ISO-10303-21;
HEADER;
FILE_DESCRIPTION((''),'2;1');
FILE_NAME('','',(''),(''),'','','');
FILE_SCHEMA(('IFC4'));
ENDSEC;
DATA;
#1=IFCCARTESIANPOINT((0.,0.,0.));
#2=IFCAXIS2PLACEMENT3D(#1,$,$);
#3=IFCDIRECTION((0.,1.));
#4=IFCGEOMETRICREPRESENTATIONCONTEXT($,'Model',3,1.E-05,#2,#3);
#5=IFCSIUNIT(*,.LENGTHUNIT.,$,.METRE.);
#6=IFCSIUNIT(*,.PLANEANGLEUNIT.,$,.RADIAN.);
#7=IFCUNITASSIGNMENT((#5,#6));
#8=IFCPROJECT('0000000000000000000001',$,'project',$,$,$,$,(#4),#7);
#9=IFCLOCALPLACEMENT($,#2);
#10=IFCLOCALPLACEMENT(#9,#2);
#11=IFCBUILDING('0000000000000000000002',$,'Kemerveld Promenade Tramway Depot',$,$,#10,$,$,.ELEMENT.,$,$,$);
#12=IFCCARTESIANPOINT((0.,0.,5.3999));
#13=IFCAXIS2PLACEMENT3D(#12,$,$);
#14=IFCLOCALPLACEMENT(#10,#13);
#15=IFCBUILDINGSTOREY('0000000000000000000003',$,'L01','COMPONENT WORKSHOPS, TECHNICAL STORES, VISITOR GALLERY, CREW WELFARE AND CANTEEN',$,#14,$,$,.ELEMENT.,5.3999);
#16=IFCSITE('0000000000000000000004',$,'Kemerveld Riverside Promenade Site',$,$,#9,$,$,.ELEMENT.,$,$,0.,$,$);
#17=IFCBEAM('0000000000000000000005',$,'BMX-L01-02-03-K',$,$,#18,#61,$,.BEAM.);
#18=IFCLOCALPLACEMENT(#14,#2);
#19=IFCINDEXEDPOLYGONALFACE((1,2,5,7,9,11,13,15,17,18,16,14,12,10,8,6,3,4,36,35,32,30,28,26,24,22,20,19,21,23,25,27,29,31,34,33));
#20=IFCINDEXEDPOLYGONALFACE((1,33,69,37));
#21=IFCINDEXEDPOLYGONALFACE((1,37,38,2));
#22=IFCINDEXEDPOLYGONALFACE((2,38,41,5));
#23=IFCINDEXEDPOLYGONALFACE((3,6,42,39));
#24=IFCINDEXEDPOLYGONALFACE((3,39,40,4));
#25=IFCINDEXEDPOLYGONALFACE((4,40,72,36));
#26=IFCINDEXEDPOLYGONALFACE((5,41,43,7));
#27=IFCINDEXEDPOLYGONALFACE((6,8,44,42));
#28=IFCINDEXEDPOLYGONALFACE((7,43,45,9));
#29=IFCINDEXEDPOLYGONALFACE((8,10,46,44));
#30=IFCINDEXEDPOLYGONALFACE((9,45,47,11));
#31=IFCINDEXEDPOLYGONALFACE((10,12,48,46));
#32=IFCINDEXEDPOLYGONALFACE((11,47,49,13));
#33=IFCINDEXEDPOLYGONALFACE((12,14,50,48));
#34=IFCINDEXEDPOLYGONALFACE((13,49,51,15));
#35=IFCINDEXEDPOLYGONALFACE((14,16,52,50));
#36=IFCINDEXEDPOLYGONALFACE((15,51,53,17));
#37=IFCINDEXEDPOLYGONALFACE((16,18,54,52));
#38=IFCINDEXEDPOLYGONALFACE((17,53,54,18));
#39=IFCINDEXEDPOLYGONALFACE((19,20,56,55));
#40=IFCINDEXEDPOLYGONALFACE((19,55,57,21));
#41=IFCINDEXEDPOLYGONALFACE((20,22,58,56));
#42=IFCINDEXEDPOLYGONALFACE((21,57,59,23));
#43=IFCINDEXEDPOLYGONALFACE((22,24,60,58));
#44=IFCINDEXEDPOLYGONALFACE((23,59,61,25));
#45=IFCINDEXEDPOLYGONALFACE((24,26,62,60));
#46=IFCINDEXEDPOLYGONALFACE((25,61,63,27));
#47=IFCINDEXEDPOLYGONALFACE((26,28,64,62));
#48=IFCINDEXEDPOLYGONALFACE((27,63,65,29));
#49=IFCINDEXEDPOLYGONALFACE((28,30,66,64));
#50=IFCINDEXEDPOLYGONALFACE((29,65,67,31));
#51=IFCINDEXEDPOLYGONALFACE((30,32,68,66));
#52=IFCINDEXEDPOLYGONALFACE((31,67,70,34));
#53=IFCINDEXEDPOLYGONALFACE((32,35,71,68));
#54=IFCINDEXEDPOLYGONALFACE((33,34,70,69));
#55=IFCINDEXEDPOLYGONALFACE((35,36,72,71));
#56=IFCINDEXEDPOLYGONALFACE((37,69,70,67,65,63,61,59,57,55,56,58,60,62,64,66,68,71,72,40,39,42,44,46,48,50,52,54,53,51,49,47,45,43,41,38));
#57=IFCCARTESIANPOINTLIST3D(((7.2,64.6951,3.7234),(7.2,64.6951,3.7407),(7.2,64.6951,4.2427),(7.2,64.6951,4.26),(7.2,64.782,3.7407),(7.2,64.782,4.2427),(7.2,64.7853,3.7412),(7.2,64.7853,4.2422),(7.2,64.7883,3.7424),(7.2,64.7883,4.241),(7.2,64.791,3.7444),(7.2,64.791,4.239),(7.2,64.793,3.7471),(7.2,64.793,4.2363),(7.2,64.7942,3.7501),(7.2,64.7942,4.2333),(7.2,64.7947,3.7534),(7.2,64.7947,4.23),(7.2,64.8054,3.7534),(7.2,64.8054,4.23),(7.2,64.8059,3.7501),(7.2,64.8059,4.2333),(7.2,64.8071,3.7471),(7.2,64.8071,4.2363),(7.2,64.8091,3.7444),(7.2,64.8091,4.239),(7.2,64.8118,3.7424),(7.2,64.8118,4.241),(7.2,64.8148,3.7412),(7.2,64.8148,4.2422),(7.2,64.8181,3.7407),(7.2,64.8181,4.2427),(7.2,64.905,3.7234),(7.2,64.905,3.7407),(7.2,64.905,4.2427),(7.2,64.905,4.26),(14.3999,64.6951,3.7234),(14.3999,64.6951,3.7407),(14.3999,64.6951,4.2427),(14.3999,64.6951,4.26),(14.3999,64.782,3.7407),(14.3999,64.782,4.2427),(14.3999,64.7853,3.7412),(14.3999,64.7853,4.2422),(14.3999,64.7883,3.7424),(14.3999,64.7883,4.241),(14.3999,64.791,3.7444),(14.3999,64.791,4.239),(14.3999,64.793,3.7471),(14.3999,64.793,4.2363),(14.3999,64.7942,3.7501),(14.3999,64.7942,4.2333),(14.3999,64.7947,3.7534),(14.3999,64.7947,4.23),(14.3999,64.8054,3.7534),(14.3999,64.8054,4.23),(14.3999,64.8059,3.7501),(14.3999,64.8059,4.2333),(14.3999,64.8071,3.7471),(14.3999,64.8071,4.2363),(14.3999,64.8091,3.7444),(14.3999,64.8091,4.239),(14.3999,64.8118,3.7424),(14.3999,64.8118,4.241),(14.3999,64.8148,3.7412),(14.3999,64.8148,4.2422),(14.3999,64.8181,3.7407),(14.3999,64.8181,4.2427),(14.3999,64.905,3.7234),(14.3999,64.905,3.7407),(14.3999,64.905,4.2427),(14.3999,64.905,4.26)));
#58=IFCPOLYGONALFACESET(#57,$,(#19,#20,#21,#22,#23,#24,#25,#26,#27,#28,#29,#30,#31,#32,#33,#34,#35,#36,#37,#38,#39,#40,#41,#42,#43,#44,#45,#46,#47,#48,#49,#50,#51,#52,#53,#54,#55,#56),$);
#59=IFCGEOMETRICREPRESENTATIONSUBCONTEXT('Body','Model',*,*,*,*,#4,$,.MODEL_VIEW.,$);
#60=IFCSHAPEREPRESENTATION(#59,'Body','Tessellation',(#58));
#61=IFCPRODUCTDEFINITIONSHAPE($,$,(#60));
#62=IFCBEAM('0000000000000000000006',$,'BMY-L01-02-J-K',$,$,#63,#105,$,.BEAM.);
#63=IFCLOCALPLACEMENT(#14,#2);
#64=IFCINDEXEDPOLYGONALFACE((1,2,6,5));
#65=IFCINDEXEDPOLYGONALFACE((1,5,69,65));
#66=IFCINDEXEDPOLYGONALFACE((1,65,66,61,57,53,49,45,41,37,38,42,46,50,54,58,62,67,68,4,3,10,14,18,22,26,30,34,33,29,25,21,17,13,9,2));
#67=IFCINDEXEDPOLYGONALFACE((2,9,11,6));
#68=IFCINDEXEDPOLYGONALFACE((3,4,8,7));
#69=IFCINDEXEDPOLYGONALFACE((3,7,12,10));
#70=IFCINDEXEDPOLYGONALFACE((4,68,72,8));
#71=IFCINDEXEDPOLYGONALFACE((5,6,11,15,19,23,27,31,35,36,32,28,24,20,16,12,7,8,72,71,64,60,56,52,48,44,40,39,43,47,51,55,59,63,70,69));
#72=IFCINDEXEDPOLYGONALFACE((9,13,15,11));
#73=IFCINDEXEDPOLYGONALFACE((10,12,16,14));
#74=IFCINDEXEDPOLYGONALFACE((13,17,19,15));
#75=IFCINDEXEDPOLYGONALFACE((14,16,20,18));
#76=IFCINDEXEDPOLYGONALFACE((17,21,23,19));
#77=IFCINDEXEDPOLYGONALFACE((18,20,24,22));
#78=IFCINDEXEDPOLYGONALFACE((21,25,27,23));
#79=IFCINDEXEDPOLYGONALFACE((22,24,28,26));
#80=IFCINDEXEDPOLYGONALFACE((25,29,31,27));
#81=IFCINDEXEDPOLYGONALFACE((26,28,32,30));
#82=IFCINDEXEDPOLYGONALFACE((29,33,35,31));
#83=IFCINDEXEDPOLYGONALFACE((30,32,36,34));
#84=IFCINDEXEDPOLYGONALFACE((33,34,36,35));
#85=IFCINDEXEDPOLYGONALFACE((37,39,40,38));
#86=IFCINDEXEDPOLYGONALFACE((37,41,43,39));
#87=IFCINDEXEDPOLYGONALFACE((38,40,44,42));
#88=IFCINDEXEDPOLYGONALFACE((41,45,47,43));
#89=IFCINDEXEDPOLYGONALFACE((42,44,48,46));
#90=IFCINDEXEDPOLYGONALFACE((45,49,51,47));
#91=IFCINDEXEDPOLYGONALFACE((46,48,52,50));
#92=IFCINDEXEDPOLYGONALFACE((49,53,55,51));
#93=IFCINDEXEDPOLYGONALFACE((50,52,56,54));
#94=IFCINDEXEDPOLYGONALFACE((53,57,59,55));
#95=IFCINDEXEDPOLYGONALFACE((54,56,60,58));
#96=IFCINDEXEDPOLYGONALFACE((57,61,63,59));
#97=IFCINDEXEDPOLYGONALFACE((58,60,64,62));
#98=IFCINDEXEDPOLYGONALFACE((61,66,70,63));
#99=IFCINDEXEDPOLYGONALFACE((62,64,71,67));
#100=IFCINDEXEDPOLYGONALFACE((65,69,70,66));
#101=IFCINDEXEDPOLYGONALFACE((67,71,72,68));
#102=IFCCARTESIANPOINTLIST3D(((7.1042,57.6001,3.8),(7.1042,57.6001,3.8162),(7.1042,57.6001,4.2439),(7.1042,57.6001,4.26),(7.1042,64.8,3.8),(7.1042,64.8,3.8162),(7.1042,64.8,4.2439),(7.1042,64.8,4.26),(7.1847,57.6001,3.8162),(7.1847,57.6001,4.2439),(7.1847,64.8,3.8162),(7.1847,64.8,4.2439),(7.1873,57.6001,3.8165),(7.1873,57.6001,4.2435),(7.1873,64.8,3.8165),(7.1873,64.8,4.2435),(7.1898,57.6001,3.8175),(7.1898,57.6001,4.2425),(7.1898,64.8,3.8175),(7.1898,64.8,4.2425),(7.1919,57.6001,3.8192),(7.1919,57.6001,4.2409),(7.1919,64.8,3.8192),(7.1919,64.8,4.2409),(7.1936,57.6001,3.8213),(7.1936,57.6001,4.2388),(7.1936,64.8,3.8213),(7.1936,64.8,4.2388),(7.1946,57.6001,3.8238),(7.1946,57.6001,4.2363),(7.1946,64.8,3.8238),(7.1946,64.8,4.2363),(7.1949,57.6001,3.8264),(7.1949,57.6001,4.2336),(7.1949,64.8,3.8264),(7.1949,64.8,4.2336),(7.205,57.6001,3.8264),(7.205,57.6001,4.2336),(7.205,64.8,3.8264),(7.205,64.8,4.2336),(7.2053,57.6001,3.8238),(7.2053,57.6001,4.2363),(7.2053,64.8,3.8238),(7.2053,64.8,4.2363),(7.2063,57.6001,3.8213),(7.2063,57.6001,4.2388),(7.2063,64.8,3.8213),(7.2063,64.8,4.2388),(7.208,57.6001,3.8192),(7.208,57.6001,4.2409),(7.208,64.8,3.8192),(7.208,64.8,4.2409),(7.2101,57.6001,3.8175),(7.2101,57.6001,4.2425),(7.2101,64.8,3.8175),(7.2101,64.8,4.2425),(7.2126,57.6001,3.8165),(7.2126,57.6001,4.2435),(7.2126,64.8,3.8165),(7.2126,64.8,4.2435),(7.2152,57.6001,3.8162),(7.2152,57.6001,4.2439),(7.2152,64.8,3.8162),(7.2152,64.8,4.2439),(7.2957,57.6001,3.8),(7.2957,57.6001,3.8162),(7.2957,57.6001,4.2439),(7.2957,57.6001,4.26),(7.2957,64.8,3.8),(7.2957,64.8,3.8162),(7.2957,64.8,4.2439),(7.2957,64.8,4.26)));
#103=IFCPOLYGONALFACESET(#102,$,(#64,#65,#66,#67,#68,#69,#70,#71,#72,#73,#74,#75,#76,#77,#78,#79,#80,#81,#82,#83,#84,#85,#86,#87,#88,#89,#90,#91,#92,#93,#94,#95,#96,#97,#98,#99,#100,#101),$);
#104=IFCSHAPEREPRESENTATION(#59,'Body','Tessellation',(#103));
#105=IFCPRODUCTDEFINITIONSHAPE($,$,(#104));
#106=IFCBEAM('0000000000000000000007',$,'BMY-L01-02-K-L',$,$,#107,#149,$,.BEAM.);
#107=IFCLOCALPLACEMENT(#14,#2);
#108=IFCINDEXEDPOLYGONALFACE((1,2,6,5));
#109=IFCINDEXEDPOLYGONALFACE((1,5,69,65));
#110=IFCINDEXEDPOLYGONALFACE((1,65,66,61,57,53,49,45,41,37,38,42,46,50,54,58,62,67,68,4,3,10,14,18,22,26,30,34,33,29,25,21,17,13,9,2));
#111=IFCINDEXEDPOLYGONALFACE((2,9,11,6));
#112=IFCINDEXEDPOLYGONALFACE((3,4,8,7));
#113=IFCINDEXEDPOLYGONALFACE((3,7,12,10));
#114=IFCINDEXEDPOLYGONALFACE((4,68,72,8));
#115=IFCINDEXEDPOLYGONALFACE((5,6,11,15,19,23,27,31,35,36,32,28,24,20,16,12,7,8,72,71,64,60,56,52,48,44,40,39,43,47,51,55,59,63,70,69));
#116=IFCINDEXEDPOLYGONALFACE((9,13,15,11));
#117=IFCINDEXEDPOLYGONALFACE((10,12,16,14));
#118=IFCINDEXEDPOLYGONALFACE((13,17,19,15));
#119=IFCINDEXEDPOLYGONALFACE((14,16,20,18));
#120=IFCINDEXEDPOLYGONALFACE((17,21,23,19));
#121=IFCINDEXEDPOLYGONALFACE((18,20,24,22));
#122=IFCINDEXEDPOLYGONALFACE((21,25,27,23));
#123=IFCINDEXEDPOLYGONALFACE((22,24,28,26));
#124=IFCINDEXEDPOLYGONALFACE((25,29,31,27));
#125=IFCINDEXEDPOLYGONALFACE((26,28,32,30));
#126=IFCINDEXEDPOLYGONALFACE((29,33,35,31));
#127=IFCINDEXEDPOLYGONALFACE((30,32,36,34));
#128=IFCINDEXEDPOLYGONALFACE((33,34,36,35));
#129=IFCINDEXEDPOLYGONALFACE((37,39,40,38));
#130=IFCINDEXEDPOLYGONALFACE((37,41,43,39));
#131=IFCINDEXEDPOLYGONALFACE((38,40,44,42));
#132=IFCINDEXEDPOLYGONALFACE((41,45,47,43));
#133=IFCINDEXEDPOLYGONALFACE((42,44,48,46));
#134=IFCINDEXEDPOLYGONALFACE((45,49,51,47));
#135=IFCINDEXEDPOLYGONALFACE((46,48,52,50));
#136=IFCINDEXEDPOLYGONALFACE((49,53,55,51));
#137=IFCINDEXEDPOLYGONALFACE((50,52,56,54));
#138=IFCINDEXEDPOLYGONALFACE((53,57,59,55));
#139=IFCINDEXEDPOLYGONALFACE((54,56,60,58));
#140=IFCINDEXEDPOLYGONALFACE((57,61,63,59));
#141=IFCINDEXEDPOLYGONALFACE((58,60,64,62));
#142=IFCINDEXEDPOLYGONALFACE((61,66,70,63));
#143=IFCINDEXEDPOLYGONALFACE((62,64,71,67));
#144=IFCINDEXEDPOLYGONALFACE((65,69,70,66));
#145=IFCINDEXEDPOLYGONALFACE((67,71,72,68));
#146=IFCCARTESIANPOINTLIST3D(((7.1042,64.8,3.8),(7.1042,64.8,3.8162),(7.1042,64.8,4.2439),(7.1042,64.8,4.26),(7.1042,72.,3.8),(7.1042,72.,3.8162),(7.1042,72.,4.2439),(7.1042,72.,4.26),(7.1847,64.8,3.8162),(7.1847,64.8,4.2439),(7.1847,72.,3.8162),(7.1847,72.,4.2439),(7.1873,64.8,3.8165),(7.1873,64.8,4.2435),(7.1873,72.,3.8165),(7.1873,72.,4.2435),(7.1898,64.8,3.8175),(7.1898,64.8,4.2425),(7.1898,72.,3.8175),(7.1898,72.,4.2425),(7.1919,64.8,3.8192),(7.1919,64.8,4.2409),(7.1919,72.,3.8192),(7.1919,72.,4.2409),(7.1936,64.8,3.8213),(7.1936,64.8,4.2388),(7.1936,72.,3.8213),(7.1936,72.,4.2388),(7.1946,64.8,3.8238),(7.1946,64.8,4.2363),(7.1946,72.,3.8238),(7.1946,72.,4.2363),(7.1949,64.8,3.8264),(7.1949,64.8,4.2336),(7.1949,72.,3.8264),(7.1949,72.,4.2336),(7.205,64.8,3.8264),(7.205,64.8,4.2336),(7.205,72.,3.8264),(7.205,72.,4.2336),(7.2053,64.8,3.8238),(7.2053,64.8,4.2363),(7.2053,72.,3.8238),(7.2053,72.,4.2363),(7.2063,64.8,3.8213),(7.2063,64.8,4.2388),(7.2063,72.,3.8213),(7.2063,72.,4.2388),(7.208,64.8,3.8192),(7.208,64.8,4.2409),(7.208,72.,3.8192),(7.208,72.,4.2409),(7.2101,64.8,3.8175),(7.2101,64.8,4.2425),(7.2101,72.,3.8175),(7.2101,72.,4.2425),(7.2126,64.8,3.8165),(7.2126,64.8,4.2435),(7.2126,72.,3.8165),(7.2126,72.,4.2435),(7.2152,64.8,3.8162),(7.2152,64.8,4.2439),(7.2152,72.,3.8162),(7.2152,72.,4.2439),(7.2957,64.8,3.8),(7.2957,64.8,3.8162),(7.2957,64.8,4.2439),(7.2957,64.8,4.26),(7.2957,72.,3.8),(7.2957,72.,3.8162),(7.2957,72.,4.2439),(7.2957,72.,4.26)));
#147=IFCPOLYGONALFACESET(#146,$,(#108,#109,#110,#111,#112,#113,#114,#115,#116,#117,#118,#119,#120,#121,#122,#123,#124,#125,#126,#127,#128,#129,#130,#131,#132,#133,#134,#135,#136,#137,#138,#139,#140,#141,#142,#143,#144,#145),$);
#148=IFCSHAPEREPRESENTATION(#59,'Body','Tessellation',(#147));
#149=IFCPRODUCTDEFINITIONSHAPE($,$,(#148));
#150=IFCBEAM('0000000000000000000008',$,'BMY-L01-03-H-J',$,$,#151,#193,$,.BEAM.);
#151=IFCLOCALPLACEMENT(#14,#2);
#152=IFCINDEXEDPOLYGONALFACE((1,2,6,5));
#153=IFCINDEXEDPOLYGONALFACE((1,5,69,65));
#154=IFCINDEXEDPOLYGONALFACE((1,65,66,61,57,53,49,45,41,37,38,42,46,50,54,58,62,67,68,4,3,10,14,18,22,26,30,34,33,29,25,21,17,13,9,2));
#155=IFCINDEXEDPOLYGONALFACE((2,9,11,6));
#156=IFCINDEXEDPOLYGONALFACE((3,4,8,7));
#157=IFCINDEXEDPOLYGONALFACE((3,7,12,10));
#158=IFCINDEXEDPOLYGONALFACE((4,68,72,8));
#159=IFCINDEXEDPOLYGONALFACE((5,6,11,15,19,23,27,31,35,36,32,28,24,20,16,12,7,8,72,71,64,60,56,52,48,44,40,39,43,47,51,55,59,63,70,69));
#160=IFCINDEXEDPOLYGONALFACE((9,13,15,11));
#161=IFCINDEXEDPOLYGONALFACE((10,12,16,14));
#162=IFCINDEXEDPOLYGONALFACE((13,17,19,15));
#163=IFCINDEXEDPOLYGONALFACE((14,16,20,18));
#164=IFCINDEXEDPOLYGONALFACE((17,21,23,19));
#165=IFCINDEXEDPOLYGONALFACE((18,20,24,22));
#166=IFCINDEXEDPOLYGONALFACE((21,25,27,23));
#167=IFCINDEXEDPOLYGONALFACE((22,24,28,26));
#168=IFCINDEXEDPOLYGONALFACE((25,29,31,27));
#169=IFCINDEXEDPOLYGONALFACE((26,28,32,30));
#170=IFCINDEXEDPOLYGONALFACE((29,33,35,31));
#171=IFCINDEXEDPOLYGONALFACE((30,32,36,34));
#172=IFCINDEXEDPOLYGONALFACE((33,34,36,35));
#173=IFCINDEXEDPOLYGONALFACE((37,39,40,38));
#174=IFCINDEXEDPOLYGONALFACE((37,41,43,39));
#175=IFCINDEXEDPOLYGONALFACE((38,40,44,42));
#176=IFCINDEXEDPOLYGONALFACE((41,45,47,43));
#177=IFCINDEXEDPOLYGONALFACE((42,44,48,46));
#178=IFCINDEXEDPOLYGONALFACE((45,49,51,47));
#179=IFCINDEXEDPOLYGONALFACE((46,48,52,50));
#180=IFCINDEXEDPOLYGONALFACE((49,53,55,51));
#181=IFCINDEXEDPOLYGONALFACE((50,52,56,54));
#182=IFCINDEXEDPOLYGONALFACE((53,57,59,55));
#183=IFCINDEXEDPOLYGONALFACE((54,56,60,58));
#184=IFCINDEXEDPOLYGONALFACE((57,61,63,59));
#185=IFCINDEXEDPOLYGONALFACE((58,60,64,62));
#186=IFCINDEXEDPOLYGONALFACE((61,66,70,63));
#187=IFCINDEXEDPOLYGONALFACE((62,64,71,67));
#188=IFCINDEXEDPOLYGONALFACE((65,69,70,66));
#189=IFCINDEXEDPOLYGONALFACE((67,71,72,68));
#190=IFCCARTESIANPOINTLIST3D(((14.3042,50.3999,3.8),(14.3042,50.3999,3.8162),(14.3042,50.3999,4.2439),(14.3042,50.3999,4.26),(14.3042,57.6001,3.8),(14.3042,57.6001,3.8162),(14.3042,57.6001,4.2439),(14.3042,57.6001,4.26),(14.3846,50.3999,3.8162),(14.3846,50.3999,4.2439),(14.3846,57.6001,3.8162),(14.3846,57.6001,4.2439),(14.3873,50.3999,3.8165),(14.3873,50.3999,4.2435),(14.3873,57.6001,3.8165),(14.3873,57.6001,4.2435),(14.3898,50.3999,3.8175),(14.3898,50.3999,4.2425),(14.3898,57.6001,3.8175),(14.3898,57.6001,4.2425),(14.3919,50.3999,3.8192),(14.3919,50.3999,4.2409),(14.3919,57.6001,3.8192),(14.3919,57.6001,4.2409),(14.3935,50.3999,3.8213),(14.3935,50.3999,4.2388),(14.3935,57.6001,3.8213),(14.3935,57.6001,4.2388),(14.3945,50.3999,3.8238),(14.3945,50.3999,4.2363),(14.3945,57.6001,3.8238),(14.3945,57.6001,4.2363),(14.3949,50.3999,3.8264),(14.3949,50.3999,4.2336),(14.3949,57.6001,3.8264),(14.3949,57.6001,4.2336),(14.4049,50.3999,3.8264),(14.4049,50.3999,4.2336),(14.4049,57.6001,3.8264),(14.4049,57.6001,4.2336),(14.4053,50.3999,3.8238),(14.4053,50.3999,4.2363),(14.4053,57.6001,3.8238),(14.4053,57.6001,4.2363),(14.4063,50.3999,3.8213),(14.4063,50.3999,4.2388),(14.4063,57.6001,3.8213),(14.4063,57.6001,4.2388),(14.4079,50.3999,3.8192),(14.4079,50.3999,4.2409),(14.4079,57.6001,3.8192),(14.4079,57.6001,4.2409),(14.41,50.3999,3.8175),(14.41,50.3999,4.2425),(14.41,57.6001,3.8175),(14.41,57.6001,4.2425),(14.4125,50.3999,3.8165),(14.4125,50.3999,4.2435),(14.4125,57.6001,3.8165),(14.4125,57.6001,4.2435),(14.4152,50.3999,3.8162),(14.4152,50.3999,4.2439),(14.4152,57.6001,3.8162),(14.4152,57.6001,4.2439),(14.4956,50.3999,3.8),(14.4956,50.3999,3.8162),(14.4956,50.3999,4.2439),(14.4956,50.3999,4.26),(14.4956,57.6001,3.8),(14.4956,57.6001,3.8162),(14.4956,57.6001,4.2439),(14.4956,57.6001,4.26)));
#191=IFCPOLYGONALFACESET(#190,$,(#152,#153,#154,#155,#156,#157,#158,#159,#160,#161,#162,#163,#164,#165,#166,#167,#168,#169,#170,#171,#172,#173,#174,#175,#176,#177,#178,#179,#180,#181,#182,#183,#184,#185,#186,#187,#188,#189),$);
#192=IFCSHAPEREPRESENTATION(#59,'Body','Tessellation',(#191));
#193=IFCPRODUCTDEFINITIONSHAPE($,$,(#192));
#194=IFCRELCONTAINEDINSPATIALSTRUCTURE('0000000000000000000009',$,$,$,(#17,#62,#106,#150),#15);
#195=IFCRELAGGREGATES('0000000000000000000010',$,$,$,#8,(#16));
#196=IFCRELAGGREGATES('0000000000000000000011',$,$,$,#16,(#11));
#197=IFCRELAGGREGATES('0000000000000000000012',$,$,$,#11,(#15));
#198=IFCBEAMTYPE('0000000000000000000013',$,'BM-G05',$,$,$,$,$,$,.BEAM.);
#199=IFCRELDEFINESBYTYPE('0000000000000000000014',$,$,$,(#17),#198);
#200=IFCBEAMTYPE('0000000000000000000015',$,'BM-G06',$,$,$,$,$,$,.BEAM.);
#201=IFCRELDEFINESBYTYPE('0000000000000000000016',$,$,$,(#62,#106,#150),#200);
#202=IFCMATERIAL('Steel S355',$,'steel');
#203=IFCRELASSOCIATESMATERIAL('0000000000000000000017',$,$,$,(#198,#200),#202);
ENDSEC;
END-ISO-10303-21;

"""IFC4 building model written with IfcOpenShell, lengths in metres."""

from ifc_helpers import new_model, si_unit, direction, frame, origin, origin_2d, place, context, subcontext, project, spatial, i_section, extrude, material, material_profile, profile_set, type_object, element, save


model = new_model("IFC4")

# Units and contexts
model_context = context("Model", 3, precision=1e-05, world=origin(), true_north=direction((0.0, 1.0)))
body_context = subcontext(model_context, "Body", "Model", "MODEL_VIEW")
ifc_project = project(units=[si_unit("LENGTHUNIT", "METRE"), si_unit("PLANEANGLEUNIT", "RADIAN")], contexts=[model_context])

# Site, building, storey
site_placement = place(None, origin())
site = spatial("IfcSite", under=ifc_project, at=site_placement, Name="Kemerveld Riverside Promenade Site", CompositionType="ELEMENT", RefElevation=0.0)
building_placement = place(site_placement, origin())
building = spatial("IfcBuilding", under=site, at=building_placement, Name="Kemerveld Promenade Tramway Depot", CompositionType="ELEMENT")
storey_placement = place(building_placement, frame((0.0, 0.0, 5.3999)))
storey = spatial("IfcBuildingStorey", under=building, at=storey_placement, Name="L01", Description="COMPONENT WORKSHOPS, TECHNICAL STORES, VISITOR GALLERY, CREW WELFARE AND CANTEEN", CompositionType="ELEMENT", Elevation=5.3999)

# Shared definitions
ifc_material_1 = material(Name="Steel S355", Category="steel")

# Beams
ifc_material_profile_1 = material_profile(ifc_material_1, i_section(OverallWidth=0.21, OverallDepth=0.5366, WebThickness=0.0107, FlangeThickness=0.0173, FilletRadius=0.0127, at=origin_2d()), Name="533x210x101 UB")
ifc_profile_set_1 = profile_set([ifc_material_profile_1], Name="Steel S355")
beam_type_1 = type_object("IfcBeamType", Name="BM-G05", PredefinedType="BEAM", material=ifc_profile_set_1)
beam_1_placement = place(storey_placement, frame((7.2, 64.8, 3.9917), z_axis=(1.0, 0.0, 0.0), x_axis=(0.0, 1.0, 0.0)))
element("IfcBeam", 1, at=beam_1_placement, inside=storey, type_object=beam_type_1, Name="BMX-L01-02-03-K", PredefinedType="BEAM", context=body_context, shape_type="SweptSolid", body=[
    extrude(i_section(OverallWidth=0.21, OverallDepth=0.5366, WebThickness=0.0107, FlangeThickness=0.0173, FilletRadius=0.0127, at=origin_2d()), origin(), (0.0, 0.0, 1.0), 7.2),
])
ifc_material_profile_2 = material_profile(ifc_material_1, i_section(OverallWidth=0.1914, OverallDepth=0.46, WebThickness=0.01, FlangeThickness=0.0161, FilletRadius=0.0103, at=origin_2d()), Name="457x191x82 UB")
ifc_profile_set_2 = profile_set([ifc_material_profile_2], Name="Steel S355")
beam_type_2 = type_object("IfcBeamType", Name="BM-G06", PredefinedType="BEAM", material=ifc_profile_set_2)
for number, where, z_axis, x_axis, name in (
    (2, (7.2, 57.6001, 4.03), (0.0, 1.0, 0.0), (-1.0, 0.0, 0.0), "BMY-L01-02-J-K"),
    (3, (7.2, 64.8, 4.03), (0.0, 1.0, 0.0), (-1.0, 0.0, 0.0), "BMY-L01-02-K-L"),
):
    element("IfcBeam", number, at=place(storey_placement, frame(where, z_axis=z_axis, x_axis=x_axis)), inside=storey, type_object=beam_type_2, Name=name, PredefinedType="BEAM", context=body_context, shape_type="SweptSolid", body=[
        extrude(i_section(OverallWidth=0.1914, OverallDepth=0.46, WebThickness=0.01, FlangeThickness=0.0161, FilletRadius=0.0103, at=origin_2d()), origin(), (0.0, 0.0, 1.0), 7.2),
    ])
beam_2_placement = place(storey_placement, frame((14.3999, 50.3999, 4.03), z_axis=(0.0, 1.0, 0.0), x_axis=(-1.0, 0.0, 0.0)))
element("IfcBeam", 4, at=beam_2_placement, inside=storey, type_object=beam_type_2, Name="BMY-L01-03-H-J", PredefinedType="BEAM", context=body_context, shape_type="SweptSolid", body=[
    extrude(i_section(OverallWidth=0.1914, OverallDepth=0.46, WebThickness=0.01, FlangeThickness=0.0161, FilletRadius=0.0103, at=origin_2d()), origin(), (0.0, 0.0, 1.0), 7.2002),
])

save(model, "model.ifc")
